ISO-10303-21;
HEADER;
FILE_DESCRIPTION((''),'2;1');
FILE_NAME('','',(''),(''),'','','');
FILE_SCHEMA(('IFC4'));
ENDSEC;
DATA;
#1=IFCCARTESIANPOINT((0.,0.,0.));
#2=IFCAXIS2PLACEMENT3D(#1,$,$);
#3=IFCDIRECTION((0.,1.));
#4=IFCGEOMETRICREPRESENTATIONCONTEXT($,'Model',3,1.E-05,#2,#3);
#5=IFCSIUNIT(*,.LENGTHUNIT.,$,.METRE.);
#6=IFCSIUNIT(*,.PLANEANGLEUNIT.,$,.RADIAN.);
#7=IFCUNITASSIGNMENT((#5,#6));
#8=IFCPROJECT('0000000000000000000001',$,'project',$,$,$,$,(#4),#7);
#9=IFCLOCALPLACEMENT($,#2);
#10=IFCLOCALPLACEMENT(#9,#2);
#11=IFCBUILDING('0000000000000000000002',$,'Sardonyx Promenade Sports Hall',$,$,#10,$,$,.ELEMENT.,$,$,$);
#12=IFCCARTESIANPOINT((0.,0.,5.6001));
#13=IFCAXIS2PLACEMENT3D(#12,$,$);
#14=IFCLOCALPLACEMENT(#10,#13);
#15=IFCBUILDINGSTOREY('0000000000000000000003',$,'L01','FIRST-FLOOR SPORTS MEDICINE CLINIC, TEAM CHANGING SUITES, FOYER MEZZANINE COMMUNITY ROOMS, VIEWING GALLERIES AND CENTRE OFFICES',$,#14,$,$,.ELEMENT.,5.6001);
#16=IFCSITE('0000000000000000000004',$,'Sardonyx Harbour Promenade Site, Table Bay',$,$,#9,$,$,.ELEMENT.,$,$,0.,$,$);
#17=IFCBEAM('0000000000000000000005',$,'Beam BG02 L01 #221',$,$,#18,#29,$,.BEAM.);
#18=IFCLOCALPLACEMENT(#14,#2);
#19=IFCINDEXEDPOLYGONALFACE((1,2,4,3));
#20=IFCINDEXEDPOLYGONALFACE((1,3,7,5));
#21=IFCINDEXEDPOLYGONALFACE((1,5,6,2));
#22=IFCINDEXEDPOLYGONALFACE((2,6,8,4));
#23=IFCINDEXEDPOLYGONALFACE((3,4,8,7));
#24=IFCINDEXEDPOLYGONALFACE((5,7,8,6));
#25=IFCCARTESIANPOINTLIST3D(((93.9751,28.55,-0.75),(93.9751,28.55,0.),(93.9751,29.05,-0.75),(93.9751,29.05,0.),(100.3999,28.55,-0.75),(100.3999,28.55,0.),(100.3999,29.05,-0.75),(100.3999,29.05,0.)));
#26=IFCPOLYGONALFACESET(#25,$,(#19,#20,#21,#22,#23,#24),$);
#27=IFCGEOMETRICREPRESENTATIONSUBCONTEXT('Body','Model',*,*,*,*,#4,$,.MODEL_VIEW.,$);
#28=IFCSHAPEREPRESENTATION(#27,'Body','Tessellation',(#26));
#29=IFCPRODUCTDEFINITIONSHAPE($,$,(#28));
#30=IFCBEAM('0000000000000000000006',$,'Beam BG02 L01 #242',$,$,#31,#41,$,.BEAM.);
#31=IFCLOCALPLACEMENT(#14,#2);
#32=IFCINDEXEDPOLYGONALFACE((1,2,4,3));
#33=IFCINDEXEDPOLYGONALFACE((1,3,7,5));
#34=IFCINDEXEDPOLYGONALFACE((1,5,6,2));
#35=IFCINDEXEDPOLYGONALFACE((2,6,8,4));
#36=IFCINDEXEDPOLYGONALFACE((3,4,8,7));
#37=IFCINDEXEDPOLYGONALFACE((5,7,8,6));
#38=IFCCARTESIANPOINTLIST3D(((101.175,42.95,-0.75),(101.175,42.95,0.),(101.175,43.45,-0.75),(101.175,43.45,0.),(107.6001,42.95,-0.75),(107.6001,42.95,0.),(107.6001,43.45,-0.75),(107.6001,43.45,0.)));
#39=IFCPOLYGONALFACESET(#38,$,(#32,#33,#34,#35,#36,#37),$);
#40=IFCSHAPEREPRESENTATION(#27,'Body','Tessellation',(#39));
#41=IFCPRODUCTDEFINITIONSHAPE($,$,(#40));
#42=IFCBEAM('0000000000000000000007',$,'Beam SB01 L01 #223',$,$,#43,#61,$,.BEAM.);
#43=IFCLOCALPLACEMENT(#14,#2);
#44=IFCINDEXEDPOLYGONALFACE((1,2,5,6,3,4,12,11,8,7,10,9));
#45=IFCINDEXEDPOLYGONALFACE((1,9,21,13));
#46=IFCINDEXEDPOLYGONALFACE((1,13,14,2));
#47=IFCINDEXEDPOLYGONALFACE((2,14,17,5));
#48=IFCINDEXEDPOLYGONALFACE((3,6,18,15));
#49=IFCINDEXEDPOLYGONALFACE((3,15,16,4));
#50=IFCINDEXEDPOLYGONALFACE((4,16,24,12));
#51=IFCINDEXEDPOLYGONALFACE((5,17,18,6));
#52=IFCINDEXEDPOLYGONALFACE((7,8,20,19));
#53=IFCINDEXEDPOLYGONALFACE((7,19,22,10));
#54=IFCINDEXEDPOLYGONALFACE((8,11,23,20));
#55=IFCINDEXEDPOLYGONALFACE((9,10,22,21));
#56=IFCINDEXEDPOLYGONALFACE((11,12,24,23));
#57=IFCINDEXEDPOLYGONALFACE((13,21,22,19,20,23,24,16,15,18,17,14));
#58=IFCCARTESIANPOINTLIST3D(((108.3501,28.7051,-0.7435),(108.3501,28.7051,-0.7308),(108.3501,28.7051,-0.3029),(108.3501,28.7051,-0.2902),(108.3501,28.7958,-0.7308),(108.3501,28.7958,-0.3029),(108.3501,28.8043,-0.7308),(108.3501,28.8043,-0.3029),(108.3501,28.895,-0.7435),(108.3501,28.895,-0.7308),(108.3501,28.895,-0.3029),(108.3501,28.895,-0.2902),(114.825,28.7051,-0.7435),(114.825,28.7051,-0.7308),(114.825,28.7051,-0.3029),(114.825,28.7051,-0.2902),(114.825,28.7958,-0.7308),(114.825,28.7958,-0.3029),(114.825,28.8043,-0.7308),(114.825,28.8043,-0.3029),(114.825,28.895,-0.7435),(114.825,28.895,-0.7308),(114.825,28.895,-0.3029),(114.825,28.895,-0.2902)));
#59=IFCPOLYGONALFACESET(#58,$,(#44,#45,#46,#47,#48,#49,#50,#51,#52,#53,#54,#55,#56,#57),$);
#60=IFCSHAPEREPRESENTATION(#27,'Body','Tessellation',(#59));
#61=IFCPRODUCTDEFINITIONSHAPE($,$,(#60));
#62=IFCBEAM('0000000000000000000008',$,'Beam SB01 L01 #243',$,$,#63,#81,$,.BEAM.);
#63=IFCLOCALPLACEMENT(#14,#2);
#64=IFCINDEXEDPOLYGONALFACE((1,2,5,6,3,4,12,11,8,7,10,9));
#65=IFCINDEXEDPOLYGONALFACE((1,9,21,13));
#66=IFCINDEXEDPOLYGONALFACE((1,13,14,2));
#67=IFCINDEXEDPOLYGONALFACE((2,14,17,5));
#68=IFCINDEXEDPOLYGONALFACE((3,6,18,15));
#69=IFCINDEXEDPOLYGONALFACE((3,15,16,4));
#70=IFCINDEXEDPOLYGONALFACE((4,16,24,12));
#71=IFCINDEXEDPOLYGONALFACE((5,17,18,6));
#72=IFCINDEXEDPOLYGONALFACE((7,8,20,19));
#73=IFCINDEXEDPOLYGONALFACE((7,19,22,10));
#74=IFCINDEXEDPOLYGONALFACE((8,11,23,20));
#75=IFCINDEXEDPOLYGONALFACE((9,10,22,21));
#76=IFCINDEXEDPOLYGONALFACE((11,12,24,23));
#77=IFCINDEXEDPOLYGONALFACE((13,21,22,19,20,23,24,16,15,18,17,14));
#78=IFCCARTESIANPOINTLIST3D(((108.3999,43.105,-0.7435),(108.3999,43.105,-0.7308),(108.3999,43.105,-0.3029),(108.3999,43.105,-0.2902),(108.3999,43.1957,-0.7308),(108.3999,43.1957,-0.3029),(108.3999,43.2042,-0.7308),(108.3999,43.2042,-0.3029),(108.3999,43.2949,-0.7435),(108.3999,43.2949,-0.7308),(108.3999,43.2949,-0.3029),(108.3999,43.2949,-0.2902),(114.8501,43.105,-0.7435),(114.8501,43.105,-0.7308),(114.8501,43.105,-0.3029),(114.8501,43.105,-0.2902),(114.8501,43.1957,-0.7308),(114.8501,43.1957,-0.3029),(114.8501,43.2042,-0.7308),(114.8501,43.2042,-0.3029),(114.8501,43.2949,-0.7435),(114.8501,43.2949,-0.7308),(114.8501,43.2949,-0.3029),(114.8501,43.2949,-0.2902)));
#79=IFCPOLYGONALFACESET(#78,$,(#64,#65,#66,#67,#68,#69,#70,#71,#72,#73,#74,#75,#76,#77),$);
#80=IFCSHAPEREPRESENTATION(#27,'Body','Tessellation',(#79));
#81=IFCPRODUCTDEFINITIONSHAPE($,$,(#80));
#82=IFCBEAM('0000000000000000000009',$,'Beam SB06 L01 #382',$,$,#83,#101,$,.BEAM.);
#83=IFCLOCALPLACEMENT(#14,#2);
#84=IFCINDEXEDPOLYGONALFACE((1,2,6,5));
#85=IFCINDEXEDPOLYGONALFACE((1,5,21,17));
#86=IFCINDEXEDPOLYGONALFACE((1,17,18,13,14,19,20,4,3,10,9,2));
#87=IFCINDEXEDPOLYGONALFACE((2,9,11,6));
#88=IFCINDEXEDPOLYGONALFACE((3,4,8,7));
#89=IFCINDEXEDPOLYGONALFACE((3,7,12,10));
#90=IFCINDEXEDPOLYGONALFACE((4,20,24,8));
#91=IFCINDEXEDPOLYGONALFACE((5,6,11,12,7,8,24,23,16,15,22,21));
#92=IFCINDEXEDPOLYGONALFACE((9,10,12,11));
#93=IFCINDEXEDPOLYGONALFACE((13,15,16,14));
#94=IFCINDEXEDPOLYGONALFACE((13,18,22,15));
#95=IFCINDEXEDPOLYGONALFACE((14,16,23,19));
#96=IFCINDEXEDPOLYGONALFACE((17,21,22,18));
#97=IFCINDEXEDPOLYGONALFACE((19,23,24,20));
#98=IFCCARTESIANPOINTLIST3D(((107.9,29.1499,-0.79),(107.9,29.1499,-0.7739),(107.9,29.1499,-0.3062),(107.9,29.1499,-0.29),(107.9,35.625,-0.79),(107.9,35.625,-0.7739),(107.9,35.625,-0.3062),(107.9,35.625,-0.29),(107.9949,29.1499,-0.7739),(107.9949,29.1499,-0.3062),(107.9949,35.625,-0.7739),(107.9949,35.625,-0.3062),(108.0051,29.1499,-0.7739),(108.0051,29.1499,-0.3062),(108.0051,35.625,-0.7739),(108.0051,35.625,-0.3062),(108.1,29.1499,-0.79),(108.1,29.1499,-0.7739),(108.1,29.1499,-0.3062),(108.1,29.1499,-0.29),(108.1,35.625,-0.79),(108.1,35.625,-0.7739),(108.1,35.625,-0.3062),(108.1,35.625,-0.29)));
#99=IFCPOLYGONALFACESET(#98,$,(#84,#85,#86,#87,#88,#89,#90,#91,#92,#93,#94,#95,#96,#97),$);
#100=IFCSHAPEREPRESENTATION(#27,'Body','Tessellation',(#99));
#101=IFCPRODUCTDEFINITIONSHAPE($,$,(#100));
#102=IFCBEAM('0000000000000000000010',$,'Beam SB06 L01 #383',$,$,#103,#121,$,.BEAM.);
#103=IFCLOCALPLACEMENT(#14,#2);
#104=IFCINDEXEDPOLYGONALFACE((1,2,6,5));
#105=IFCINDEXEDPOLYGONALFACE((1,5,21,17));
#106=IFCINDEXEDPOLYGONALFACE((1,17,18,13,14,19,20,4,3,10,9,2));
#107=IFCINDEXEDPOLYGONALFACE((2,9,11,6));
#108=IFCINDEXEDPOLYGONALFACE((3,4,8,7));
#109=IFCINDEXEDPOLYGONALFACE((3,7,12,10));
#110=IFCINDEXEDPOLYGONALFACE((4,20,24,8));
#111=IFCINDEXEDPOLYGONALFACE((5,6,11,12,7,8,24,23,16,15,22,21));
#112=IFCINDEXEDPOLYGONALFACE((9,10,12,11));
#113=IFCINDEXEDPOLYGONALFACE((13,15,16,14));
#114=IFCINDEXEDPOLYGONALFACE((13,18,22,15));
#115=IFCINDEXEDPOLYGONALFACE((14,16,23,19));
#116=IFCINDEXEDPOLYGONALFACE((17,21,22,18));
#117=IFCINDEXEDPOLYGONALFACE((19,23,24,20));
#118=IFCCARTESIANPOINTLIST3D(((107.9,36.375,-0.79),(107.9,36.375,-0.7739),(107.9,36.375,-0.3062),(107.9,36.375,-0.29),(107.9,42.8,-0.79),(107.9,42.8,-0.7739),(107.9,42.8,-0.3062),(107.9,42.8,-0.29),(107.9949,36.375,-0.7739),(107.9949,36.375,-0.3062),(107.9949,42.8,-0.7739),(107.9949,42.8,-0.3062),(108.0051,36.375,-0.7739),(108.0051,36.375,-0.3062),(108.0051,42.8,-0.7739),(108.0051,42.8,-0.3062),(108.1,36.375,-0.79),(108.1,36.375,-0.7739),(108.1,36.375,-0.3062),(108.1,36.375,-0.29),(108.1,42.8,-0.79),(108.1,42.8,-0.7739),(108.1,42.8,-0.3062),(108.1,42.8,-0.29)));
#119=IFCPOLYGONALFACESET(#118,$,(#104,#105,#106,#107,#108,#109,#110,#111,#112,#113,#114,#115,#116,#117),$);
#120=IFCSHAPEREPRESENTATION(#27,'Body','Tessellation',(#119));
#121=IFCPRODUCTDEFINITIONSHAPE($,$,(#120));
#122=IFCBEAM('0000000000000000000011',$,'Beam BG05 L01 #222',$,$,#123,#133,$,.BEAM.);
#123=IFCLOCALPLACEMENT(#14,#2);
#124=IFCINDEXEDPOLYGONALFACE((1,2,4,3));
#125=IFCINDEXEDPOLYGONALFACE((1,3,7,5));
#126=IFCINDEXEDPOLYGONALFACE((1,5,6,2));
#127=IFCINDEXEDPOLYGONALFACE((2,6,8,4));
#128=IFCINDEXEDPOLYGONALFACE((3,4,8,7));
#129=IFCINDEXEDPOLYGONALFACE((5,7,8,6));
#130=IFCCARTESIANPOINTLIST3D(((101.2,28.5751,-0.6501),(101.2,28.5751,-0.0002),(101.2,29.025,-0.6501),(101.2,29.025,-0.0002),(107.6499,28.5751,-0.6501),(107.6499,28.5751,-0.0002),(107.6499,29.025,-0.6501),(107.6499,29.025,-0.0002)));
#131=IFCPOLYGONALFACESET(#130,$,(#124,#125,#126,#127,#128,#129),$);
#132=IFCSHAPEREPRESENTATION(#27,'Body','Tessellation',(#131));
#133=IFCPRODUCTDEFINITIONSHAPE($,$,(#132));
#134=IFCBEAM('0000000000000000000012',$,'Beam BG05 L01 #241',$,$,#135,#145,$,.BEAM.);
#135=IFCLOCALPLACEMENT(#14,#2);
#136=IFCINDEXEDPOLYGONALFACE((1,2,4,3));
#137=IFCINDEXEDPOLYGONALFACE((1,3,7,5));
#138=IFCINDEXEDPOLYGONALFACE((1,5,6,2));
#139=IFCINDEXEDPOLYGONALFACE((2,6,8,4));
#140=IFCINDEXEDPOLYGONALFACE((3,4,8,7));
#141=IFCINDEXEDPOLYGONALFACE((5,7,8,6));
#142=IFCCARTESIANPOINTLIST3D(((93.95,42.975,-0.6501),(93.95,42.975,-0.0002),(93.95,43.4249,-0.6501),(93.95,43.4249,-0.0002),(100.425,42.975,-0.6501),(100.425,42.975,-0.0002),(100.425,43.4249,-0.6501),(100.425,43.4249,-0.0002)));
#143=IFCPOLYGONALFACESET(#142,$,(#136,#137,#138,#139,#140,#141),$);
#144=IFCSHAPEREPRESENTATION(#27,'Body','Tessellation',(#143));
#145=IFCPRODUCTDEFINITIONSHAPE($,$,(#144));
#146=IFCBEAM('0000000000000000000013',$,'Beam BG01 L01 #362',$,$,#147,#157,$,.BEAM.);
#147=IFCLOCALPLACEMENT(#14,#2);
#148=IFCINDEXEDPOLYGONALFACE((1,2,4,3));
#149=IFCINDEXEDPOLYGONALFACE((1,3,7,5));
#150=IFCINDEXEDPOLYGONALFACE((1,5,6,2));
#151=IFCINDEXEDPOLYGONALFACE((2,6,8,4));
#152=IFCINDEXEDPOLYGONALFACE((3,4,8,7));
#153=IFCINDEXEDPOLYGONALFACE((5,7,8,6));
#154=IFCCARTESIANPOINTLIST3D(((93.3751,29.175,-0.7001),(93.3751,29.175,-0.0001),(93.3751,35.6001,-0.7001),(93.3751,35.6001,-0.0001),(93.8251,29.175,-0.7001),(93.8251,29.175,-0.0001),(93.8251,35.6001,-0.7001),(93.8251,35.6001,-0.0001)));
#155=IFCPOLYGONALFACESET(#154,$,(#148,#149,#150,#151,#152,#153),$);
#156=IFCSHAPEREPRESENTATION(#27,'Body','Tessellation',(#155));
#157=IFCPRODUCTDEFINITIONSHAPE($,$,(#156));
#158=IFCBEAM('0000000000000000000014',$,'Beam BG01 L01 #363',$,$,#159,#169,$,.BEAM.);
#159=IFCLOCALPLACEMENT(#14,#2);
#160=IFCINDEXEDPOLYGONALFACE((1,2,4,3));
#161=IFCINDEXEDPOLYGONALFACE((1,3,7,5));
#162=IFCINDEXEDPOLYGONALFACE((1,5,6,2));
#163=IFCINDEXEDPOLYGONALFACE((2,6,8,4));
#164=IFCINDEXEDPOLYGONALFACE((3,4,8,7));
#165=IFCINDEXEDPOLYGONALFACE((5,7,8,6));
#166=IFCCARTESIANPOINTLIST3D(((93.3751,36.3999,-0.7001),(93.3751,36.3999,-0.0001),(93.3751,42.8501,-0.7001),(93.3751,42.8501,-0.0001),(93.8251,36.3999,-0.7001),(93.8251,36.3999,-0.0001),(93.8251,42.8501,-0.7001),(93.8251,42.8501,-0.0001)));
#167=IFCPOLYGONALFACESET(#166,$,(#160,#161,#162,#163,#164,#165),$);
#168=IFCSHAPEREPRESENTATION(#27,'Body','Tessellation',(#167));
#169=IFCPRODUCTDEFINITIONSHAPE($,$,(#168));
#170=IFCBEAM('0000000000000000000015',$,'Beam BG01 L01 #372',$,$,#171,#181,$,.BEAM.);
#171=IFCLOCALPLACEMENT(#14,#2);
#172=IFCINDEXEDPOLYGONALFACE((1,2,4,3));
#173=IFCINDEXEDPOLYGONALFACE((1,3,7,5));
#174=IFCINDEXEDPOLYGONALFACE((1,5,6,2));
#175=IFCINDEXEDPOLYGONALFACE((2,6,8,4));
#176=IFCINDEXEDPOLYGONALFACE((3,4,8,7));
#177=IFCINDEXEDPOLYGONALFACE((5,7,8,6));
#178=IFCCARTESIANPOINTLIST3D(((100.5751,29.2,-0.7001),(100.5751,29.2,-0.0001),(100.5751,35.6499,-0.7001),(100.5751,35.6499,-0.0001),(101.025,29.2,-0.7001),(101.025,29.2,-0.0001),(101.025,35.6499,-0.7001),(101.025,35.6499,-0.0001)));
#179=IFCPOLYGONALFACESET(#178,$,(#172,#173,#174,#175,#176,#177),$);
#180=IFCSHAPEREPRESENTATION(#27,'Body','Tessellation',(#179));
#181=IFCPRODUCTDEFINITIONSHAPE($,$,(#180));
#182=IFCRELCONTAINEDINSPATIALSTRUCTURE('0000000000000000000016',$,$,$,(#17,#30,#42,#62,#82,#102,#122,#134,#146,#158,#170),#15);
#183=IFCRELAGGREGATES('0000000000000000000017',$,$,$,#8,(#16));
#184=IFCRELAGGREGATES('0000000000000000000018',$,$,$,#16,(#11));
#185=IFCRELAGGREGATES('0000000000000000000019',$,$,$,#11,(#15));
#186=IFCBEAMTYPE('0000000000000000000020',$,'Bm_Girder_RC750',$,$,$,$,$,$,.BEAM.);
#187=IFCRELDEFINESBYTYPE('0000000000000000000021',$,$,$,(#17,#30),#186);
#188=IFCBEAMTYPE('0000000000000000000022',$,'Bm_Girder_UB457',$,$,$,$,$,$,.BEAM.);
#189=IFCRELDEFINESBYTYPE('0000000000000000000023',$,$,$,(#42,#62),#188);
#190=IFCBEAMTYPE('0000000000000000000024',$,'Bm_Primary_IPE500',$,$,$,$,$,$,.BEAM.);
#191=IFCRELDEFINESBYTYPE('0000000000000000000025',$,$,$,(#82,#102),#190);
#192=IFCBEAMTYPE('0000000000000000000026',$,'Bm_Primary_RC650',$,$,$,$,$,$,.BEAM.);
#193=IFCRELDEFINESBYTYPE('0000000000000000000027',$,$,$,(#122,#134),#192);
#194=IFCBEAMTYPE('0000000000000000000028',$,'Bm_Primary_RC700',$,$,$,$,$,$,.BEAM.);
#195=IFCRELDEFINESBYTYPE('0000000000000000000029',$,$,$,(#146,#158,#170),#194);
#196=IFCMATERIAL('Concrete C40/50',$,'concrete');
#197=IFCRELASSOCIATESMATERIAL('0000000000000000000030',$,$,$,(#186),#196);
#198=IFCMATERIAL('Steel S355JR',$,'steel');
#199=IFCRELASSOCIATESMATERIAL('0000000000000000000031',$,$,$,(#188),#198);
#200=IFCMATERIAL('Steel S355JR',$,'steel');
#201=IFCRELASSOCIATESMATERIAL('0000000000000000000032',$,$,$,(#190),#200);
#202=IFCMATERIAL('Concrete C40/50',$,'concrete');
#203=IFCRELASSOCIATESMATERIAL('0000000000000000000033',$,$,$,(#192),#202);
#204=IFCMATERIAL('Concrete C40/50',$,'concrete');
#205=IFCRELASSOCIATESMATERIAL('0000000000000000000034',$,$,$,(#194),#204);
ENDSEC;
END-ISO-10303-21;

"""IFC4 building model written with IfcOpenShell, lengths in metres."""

from ifc_helpers import new_model, si_unit, direction, frame, origin, origin_2d, place, context, subcontext, project, spatial, rectangle, i_section, extrude, material, material_profile, profile_set, type_object, element, save


model = new_model("IFC4")

# Units and contexts
model_context = context("Model", 3, precision=1e-05, world=origin(), true_north=direction((0.0, 1.0)))
body_context = subcontext(model_context, "Body", "Model", "MODEL_VIEW")
ifc_project = project(units=[si_unit("LENGTHUNIT", "METRE"), si_unit("PLANEANGLEUNIT", "RADIAN")], contexts=[model_context])

# Site, building, storey
site_placement = place(None, origin())
site = spatial("IfcSite", under=ifc_project, at=site_placement, Name="Sardonyx Harbour Promenade Site, Table Bay", CompositionType="ELEMENT", RefElevation=0.0)
building_placement = place(site_placement, origin())
building = spatial("IfcBuilding", under=site, at=building_placement, Name="Sardonyx Promenade Sports Hall", CompositionType="ELEMENT")
storey_placement = place(building_placement, frame((0.0, 0.0, 5.6001)))
storey = spatial("IfcBuildingStorey", under=building, at=storey_placement, Name="L01", Description="FIRST-FLOOR SPORTS MEDICINE CLINIC, TEAM CHANGING SUITES, FOYER MEZZANINE COMMUNITY ROOMS, VIEWING GALLERIES AND CENTRE OFFICES", CompositionType="ELEMENT", Elevation=5.6001)

# Beams
ifc_material_1 = material(Name="Concrete C40/50", Category="concrete")
ifc_material_profile_1 = material_profile(ifc_material_1, rectangle(XDim=0.5, YDim=0.75, at=origin_2d()))
ifc_profile_set_1 = profile_set([ifc_material_profile_1], Name="Concrete C40/50")
beam_type_1 = type_object("IfcBeamType", Name="Bm_Girder_RC750", PredefinedType="BEAM", material=ifc_profile_set_1)
beam_1_placement = place(storey_placement, frame((93.9751, 28.8, -0.375), z_axis=(1.0, 0.0, 0.0), x_axis=(0.0, 1.0, 0.0)))
element("IfcBeam", 1, at=beam_1_placement, inside=storey, type_object=beam_type_1, Name="Beam BG02 L01 #221", PredefinedType="BEAM", context=body_context, shape_type="SweptSolid", body=[
    extrude(rectangle(XDim=0.5, YDim=0.75, at=origin_2d()), origin(), (0.0, 0.0, 1.0), 6.4248),
])
beam_2_placement = place(storey_placement, frame((101.175, 43.2, -0.375), z_axis=(1.0, 0.0, 0.0), x_axis=(0.0, 1.0, 0.0)))
element("IfcBeam", 2, at=beam_2_placement, inside=storey, type_object=beam_type_1, Name="Beam BG02 L01 #242", PredefinedType="BEAM", context=body_context, shape_type="SweptSolid", body=[
    extrude(rectangle(XDim=0.5, YDim=0.75, at=origin_2d()), origin(), (0.0, 0.0, 1.0), 6.425),
])
ifc_material_2 = material(Name="Steel S355JR", Category="steel")
ifc_material_profile_2 = material_profile(ifc_material_2, i_section(OverallWidth=0.1899, OverallDepth=0.4534, WebThickness=0.0085, FlangeThickness=0.0127, at=origin_2d()))
ifc_profile_set_2 = profile_set([ifc_material_profile_2], Name="Steel S355JR")
beam_type_2 = type_object("IfcBeamType", Name="Bm_Girder_UB457", PredefinedType="BEAM", material=ifc_profile_set_2)
beam_3_placement = place(storey_placement, frame((108.3501, 28.8, -0.5168), z_axis=(1.0, 0.0, 0.0), x_axis=(0.0, 1.0, 0.0)))
element("IfcBeam", 3, at=beam_3_placement, inside=storey, type_object=beam_type_2, Name="Beam SB01 L01 #223", PredefinedType="BEAM", context=body_context, shape_type="SweptSolid", body=[
    extrude(i_section(OverallWidth=0.1899, OverallDepth=0.4534, WebThickness=0.0085, FlangeThickness=0.0127, at=origin_2d()), origin(), (0.0, 0.0, 1.0), 6.4749),
])
beam_4_placement = place(storey_placement, frame((108.3999, 43.2, -0.5168), z_axis=(1.0, 0.0, 0.0), x_axis=(0.0, 1.0, 0.0)))
element("IfcBeam", 4, at=beam_4_placement, inside=storey, type_object=beam_type_2, Name="Beam SB01 L01 #243", PredefinedType="BEAM", context=body_context, shape_type="SweptSolid", body=[
    extrude(i_section(OverallWidth=0.1899, OverallDepth=0.4534, WebThickness=0.0085, FlangeThickness=0.0127, at=origin_2d()), origin(), (0.0, 0.0, 1.0), 6.4502),
])
ifc_material_3 = material(Name="Steel S355JR", Category="steel")
ifc_material_profile_3 = material_profile(ifc_material_3, i_section(OverallWidth=0.2, OverallDepth=0.5, WebThickness=0.0103, FlangeThickness=0.0161, at=origin_2d()))
ifc_profile_set_3 = profile_set([ifc_material_profile_3], Name="Steel S355JR")
beam_type_3 = type_object("IfcBeamType", Name="Bm_Primary_IPE500", PredefinedType="BEAM", material=ifc_profile_set_3)
beam_5_placement = place(storey_placement, frame((108.0, 29.1499, -0.54), z_axis=(0.0, 1.0, 0.0), x_axis=(-1.0, 0.0, 0.0)))
element("IfcBeam", 5, at=beam_5_placement, inside=storey, type_object=beam_type_3, Name="Beam SB06 L01 #382", PredefinedType="BEAM", context=body_context, shape_type="SweptSolid", body=[
    extrude(i_section(OverallWidth=0.2, OverallDepth=0.5, WebThickness=0.0103, FlangeThickness=0.0161, at=origin_2d()), origin(), (0.0, 0.0, 1.0), 6.4751),
])
beam_6_placement = place(storey_placement, frame((108.0, 36.375, -0.54), z_axis=(0.0, 1.0, 0.0), x_axis=(-1.0, 0.0, 0.0)))
element("IfcBeam", 6, at=beam_6_placement, inside=storey, type_object=beam_type_3, Name="Beam SB06 L01 #383", PredefinedType="BEAM", context=body_context, shape_type="SweptSolid", body=[
    extrude(i_section(OverallWidth=0.2, OverallDepth=0.5, WebThickness=0.0103, FlangeThickness=0.0161, at=origin_2d()), origin(), (0.0, 0.0, 1.0), 6.425),
])
ifc_material_4 = material(Name="Concrete C40/50", Category="concrete")
ifc_material_profile_4 = material_profile(ifc_material_4, rectangle(XDim=0.45, YDim=0.6499, at=origin_2d()))
ifc_profile_set_4 = profile_set([ifc_material_profile_4], Name="Concrete C40/50")
beam_type_4 = type_object("IfcBeamType", Name="Bm_Primary_RC650", PredefinedType="BEAM", material=ifc_profile_set_4)
beam_7_placement = place(storey_placement, frame((101.2, 28.8, -0.3252), z_axis=(1.0, 0.0, 0.0), x_axis=(0.0, 1.0, 0.0)))
element("IfcBeam", 7, at=beam_7_placement, inside=storey, type_object=beam_type_4, Name="Beam BG05 L01 #222", PredefinedType="BEAM", context=body_context, shape_type="SweptSolid", body=[
    extrude(rectangle(XDim=0.45, YDim=0.6499, at=origin_2d()), origin(), (0.0, 0.0, 1.0), 6.45),
])
beam_8_placement = place(storey_placement, frame((93.95, 43.2, -0.3252), z_axis=(1.0, 0.0, 0.0), x_axis=(0.0, 1.0, 0.0)))
element("IfcBeam", 8, at=beam_8_placement, inside=storey, type_object=beam_type_4, Name="Beam BG05 L01 #241", PredefinedType="BEAM", context=body_context, shape_type="SweptSolid", body=[
    extrude(rectangle(XDim=0.45, YDim=0.6499, at=origin_2d()), origin(), (0.0, 0.0, 1.0), 6.4751),
])
ifc_material_5 = material(Name="Concrete C40/50", Category="concrete")
ifc_material_profile_5 = material_profile(ifc_material_5, rectangle(XDim=0.45, YDim=0.7, at=origin_2d()))
ifc_profile_set_5 = profile_set([ifc_material_profile_5], Name="Concrete C40/50")
beam_type_5 = type_object("IfcBeamType", Name="Bm_Primary_RC700", PredefinedType="BEAM", material=ifc_profile_set_5)
beam_9_placement = place(storey_placement, frame((93.6001, 29.175, -0.3501), z_axis=(0.0, 1.0, 0.0), x_axis=(-1.0, 0.0, 0.0)))
element("IfcBeam", 9, at=beam_9_placement, inside=storey, type_object=beam_type_5, Name="Beam BG01 L01 #362", PredefinedType="BEAM", context=body_context, shape_type="SweptSolid", body=[
    extrude(rectangle(XDim=0.45, YDim=0.7, at=origin_2d()), origin(), (0.0, 0.0, 1.0), 6.425),
])
beam_10_placement = place(storey_placement, frame((93.6001, 36.3999, -0.3501), z_axis=(0.0, 1.0, 0.0), x_axis=(-1.0, 0.0, 0.0)))
element("IfcBeam", 10, at=beam_10_placement, inside=storey, type_object=beam_type_5, Name="Beam BG01 L01 #363", PredefinedType="BEAM", context=body_context, shape_type="SweptSolid", body=[
    extrude(rectangle(XDim=0.45, YDim=0.7, at=origin_2d()), origin(), (0.0, 0.0, 1.0), 6.4502),
])
beam_11_placement = place(storey_placement, frame((100.8, 29.2, -0.3501), z_axis=(0.0, 1.0, 0.0), x_axis=(-1.0, 0.0, 0.0)))
element("IfcBeam", 11, at=beam_11_placement, inside=storey, type_object=beam_type_5, Name="Beam BG01 L01 #372", PredefinedType="BEAM", context=body_context, shape_type="SweptSolid", body=[
    extrude(rectangle(XDim=0.45, YDim=0.7, at=origin_2d()), origin(), (0.0, 0.0, 1.0), 6.45),
])

save(model, "model.ifc")
